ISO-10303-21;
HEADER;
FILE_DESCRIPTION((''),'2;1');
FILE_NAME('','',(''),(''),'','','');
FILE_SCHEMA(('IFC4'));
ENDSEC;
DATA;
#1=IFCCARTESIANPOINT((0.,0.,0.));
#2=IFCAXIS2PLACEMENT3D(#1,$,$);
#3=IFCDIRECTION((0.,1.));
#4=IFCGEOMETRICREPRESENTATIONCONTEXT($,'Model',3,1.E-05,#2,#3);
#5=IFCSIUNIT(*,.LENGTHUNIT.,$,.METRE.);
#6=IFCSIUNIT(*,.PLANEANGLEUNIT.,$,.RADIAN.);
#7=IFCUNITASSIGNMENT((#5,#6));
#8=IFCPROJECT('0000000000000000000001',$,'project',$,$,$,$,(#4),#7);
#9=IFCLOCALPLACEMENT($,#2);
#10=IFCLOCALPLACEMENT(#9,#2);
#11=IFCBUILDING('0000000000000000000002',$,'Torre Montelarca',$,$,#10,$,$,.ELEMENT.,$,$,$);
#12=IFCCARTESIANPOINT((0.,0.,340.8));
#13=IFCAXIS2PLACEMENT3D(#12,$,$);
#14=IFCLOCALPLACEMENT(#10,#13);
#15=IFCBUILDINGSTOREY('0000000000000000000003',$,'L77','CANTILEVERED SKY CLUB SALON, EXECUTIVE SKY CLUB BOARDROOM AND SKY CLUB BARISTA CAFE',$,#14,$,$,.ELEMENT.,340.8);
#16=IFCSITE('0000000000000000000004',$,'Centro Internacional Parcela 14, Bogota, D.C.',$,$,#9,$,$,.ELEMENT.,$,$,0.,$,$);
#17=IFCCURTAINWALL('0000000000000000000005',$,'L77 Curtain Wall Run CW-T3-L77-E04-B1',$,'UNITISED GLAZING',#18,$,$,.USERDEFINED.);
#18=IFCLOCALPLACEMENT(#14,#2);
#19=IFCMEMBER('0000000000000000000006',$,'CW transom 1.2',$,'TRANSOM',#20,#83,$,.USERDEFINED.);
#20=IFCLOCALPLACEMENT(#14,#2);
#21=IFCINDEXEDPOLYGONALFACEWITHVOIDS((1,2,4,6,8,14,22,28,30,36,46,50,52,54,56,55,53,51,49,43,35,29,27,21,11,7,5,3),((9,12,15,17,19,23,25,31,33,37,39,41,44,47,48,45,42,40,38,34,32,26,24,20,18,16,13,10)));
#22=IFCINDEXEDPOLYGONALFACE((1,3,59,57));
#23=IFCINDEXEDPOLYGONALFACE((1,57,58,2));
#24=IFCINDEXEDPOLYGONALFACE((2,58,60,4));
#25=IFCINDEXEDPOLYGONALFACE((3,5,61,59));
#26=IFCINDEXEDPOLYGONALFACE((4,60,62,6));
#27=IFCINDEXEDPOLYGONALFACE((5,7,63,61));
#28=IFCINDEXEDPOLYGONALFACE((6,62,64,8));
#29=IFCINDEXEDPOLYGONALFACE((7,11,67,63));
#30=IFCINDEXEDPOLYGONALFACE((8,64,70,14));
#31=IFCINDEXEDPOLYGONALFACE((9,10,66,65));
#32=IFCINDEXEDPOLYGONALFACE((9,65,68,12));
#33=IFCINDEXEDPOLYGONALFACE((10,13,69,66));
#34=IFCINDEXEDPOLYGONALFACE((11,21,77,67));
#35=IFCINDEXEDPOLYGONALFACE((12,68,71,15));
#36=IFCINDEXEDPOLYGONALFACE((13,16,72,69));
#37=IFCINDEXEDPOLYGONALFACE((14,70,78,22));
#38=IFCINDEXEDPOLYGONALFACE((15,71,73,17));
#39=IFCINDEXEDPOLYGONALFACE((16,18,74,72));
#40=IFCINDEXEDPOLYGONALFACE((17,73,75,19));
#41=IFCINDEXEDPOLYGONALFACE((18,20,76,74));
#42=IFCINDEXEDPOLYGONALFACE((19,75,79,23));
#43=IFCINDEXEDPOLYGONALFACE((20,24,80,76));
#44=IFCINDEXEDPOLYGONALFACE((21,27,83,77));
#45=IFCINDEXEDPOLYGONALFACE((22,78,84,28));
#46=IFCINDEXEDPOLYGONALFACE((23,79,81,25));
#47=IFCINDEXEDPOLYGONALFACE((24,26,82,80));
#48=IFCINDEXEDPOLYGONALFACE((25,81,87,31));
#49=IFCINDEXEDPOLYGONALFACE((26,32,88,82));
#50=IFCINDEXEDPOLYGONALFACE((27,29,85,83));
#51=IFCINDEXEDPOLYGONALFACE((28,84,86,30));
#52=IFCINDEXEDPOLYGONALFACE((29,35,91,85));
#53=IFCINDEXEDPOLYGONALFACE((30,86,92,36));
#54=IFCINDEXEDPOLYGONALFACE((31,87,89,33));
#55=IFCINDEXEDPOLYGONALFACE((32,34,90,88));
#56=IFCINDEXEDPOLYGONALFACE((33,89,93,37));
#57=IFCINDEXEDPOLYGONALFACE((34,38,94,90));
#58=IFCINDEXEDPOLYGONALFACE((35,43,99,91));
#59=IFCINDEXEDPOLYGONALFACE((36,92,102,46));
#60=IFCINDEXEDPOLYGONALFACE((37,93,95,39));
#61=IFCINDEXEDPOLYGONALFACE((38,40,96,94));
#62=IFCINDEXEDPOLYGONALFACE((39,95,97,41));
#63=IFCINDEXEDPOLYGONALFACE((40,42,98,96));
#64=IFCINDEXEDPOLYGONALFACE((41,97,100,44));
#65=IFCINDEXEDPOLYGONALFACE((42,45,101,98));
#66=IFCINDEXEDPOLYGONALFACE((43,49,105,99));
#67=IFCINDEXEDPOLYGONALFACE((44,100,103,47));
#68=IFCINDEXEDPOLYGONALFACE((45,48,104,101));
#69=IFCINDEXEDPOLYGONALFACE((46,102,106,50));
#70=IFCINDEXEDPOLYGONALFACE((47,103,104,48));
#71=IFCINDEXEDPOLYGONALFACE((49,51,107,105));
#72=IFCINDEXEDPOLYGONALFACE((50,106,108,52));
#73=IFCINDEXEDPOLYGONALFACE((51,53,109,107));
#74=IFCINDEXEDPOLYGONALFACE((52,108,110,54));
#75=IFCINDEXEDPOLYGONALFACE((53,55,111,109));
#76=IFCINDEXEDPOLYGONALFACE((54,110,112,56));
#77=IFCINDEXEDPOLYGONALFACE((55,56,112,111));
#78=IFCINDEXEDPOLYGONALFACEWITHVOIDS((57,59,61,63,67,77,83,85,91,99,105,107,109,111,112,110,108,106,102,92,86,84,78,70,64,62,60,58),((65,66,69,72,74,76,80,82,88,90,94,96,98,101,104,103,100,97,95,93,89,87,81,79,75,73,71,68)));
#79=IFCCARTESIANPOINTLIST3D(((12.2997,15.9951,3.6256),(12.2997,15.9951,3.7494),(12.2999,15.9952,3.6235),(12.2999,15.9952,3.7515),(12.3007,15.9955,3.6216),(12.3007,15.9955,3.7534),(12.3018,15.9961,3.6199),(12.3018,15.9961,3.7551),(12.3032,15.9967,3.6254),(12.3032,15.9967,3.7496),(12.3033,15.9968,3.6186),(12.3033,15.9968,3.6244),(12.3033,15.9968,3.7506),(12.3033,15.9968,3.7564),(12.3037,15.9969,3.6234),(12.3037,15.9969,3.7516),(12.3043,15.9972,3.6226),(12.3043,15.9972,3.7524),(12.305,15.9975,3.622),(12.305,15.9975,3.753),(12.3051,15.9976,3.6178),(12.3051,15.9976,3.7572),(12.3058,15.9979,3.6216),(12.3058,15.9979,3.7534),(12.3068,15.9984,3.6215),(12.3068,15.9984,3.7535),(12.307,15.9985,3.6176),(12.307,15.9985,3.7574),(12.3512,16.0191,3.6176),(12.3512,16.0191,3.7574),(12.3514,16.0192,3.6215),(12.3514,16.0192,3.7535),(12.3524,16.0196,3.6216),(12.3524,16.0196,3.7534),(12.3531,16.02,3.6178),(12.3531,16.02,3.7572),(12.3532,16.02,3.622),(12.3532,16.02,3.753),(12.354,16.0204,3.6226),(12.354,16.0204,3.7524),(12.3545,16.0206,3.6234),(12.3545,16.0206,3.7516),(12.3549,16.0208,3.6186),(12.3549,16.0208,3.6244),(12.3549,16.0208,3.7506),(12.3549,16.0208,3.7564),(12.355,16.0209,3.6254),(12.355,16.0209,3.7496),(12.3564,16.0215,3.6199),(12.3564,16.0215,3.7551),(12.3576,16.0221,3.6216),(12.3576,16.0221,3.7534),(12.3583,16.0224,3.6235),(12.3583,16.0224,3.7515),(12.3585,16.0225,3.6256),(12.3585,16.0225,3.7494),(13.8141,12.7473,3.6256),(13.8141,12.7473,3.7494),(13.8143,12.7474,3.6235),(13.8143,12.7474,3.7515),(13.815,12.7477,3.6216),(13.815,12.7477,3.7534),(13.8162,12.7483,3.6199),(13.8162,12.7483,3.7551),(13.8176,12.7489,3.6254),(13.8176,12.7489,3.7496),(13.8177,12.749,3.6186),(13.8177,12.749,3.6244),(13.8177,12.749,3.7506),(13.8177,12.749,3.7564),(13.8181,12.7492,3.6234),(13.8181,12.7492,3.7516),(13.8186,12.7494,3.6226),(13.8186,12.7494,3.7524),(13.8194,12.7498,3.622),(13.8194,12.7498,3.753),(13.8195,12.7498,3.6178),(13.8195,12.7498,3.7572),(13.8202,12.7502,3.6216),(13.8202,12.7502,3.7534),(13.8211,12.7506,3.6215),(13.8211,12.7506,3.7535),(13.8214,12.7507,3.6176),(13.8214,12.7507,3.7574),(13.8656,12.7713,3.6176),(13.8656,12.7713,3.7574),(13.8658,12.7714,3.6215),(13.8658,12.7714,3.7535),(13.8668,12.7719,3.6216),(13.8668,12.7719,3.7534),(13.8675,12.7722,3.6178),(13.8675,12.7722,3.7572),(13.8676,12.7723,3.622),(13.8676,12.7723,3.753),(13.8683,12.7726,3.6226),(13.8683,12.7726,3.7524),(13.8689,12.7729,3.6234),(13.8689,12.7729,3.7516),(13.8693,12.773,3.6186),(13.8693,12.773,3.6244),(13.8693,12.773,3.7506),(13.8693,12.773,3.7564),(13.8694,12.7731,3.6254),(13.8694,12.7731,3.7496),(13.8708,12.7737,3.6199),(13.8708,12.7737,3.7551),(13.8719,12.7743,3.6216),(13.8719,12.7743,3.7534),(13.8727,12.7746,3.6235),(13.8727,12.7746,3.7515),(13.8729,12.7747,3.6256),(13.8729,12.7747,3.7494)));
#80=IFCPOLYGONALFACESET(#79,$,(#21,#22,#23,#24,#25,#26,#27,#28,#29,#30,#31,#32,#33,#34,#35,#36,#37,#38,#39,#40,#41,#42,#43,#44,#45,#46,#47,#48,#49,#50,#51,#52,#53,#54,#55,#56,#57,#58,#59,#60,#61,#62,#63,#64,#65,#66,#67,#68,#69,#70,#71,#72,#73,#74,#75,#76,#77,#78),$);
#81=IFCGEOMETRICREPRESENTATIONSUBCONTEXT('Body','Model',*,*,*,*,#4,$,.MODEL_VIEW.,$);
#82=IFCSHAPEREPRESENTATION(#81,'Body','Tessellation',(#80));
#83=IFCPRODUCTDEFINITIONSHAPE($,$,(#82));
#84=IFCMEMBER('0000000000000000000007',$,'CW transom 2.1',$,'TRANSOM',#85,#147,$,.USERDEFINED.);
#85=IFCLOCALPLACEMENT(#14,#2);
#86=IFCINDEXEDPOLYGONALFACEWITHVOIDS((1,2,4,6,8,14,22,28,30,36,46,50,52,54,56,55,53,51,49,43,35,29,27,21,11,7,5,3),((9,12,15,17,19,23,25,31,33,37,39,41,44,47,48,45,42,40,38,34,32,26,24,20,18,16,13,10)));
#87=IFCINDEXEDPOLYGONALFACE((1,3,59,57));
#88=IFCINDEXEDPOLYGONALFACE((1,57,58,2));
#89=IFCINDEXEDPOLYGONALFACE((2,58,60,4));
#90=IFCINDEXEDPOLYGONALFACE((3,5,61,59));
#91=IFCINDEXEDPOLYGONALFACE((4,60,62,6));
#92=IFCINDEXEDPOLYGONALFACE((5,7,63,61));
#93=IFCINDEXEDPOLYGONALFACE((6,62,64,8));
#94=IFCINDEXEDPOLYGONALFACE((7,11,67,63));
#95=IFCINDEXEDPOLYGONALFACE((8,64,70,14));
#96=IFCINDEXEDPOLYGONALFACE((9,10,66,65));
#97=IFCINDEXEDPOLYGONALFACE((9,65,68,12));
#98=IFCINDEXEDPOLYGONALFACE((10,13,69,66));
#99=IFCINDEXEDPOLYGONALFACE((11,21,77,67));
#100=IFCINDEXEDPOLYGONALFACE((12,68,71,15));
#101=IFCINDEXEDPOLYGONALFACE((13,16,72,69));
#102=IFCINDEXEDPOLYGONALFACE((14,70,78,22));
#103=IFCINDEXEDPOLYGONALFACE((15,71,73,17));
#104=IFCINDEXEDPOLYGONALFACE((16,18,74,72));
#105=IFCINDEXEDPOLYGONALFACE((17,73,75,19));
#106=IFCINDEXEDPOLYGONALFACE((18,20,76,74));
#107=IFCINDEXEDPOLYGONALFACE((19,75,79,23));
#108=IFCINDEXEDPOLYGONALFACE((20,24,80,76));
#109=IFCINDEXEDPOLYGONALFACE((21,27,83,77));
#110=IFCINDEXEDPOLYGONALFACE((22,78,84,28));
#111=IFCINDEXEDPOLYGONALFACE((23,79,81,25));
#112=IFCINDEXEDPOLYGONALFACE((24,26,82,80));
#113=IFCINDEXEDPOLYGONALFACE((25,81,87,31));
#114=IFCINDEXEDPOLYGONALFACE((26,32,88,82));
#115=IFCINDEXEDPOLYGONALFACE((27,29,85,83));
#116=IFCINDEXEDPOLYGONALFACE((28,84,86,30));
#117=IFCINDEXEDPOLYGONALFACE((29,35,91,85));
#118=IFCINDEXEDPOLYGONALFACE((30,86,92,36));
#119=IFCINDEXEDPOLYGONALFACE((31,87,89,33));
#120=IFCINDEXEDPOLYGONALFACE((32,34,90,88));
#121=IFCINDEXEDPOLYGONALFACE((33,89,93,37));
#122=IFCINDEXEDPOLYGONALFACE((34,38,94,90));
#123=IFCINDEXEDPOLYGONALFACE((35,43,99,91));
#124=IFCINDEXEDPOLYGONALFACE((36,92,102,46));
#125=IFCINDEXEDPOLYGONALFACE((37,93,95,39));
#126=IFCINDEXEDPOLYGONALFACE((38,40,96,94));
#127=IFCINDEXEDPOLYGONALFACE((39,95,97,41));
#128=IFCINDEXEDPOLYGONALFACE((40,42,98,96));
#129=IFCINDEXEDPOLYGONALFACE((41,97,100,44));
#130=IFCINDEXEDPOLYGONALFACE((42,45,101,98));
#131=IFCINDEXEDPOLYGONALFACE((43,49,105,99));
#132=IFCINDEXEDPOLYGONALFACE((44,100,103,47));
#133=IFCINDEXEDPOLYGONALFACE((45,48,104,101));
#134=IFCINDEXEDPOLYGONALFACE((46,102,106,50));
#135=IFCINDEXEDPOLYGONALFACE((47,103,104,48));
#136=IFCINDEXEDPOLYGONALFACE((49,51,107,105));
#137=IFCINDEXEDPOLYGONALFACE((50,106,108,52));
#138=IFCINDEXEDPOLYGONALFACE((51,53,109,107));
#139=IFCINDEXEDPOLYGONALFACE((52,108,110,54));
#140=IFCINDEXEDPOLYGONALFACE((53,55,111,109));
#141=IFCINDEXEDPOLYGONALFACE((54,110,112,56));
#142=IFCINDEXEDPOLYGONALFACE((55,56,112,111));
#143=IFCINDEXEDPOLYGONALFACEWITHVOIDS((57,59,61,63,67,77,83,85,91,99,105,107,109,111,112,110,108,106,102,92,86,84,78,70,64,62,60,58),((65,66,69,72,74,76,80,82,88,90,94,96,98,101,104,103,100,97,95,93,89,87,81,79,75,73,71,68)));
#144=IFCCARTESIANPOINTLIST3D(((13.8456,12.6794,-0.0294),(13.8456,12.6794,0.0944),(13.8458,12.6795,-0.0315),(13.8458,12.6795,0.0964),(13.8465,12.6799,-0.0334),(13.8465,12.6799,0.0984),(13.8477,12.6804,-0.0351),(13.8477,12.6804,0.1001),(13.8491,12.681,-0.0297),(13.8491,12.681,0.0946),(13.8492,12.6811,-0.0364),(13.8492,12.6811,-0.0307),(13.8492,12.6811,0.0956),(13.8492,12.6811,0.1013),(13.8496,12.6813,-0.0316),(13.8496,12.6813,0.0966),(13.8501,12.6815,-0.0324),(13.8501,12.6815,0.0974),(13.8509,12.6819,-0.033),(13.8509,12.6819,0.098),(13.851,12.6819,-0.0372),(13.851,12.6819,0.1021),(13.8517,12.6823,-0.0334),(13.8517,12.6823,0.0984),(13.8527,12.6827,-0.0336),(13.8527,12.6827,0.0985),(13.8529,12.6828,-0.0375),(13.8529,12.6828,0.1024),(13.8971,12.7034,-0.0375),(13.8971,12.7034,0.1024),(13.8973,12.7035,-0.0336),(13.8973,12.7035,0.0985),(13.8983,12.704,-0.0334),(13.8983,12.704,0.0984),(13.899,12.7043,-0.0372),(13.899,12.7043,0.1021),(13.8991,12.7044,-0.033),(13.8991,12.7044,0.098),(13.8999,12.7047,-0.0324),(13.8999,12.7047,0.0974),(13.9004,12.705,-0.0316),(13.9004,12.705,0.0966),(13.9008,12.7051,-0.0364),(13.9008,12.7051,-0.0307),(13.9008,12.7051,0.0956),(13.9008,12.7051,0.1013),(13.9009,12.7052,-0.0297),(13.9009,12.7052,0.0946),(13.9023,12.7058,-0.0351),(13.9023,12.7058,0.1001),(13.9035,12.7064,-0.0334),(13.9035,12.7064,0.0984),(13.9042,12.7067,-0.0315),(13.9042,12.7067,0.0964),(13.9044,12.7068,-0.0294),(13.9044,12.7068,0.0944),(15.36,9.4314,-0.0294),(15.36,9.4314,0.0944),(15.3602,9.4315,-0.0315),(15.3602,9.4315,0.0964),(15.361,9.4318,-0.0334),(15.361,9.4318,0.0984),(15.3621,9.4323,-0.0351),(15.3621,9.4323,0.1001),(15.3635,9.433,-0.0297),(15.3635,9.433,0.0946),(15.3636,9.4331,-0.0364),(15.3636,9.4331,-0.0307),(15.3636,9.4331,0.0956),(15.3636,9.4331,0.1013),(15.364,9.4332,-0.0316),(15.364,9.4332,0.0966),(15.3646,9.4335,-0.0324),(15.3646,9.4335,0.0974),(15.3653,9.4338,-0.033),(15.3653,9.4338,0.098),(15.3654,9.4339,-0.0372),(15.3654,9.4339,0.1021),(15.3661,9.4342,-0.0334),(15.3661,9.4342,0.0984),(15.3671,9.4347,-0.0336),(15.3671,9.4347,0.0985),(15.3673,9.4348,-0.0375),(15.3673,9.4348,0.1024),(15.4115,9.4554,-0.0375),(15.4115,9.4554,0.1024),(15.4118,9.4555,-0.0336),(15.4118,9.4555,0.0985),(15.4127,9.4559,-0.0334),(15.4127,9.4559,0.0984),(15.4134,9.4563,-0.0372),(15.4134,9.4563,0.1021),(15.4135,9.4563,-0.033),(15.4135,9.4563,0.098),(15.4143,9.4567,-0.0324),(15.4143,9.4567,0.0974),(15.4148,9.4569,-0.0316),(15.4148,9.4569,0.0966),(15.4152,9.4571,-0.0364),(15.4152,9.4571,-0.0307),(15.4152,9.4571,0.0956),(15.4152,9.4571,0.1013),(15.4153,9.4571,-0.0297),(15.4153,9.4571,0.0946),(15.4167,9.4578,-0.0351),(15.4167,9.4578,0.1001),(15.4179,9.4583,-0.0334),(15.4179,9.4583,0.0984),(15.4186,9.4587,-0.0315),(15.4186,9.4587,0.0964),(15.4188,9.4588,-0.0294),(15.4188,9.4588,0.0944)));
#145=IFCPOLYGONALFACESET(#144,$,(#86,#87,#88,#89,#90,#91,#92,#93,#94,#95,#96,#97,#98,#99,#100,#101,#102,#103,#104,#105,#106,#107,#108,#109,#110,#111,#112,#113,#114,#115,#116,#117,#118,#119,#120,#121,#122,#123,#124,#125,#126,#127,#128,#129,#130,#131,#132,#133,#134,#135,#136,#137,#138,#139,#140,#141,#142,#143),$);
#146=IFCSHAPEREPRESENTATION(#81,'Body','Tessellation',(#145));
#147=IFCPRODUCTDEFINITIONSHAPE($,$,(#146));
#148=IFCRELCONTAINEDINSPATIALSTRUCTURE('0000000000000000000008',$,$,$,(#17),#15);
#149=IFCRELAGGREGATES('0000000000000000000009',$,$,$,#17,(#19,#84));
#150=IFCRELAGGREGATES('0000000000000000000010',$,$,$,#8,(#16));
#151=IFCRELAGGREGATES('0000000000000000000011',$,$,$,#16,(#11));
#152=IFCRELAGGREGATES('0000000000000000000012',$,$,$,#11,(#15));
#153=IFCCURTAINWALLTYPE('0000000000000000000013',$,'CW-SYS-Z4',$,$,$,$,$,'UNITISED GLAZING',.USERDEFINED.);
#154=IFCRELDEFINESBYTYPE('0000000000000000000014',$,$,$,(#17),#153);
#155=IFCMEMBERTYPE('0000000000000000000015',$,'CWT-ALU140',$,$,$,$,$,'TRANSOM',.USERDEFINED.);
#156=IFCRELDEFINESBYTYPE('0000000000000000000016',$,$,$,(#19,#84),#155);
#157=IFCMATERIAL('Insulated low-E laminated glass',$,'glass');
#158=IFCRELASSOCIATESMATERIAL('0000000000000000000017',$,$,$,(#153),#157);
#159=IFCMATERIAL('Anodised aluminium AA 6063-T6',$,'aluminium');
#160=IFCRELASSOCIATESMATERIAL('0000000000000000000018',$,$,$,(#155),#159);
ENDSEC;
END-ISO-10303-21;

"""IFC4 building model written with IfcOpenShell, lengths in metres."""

from ifc_helpers import new_model, si_unit, direction, frame, origin, origin_2d, place, context, subcontext, project, spatial, hollow_rectangle, extrude, source, transform, mapped, material, material_profile, profile_set, type_object, element, aggregate, save


model = new_model("IFC4")

# Units and contexts
model_context = context("Model", 3, precision=1e-05, world=origin(), true_north=direction((0.0, 1.0)))
body_context = subcontext(model_context, "Body", "Model", "MODEL_VIEW")
ifc_project = project(units=[si_unit("LENGTHUNIT", "METRE"), si_unit("PLANEANGLEUNIT", "RADIAN")], contexts=[model_context])

# Site, building, storey
site_placement = place(None, origin())
site = spatial("IfcSite", under=ifc_project, at=site_placement, Name="Centro Internacional Parcela 14, Bogota, D.C.", CompositionType="ELEMENT", RefElevation=0.0)
building_placement = place(site_placement, origin())
building = spatial("IfcBuilding", under=site, at=building_placement, Name="Torre Montelarca", CompositionType="ELEMENT")
storey_placement = place(building_placement, frame((0.0, 0.0, 340.8)))
storey = spatial("IfcBuildingStorey", under=building, at=storey_placement, Name="L77", Description="CANTILEVERED SKY CLUB SALON, EXECUTIVE SKY CLUB BOARDROOM AND SKY CLUB BARISTA CAFE", CompositionType="ELEMENT", Elevation=340.8)

# Shared definitions
ifc_material_1 = material(Name="Insulated low-E laminated glass", Category="glass")
curtain_wall_type = type_object("IfcCurtainWallType", Name="CW-SYS-Z4", ElementType="UNITISED GLAZING", PredefinedType="USERDEFINED", material=ifc_material_1)
ifc_material_2 = material(Name="Anodised aluminium AA 6063-T6", Category="aluminium")

# Curtain wall
curtain_wall_1_placement = place(storey_placement, origin())
curtain_wall_1 = element("IfcCurtainWall", 1, at=curtain_wall_1_placement, inside=storey, type_object=curtain_wall_type, Name="L77 Curtain Wall Run CW-T3-L77-E04-B1", ObjectType="UNITISED GLAZING", PredefinedType="USERDEFINED")
ifc_material_profile_1 = material_profile(ifc_material_2, hollow_rectangle(XDim=0.0649, YDim=0.1399, WallThickness=0.0039, InnerFilletRadius=0.0039, OuterFilletRadius=0.0081, at=origin_2d()), Name="ALU65X140X4", Category="aluminium")
ifc_profile_set_1 = profile_set([ifc_material_profile_1], Name="Anodised aluminium AA 6063-T6")
member_type_1 = type_object("IfcMemberType", Name="CWT-ALU140", ElementType="TRANSOM", PredefinedType="USERDEFINED", material=ifc_profile_set_1)

# Members
shared_shape_1 = source(origin(), body_context, "Body", "SweptSolid", [
    extrude(hollow_rectangle(XDim=0.0649, YDim=0.1399, WallThickness=0.0039, InnerFilletRadius=0.0039, OuterFilletRadius=0.0081, at=origin_2d()), origin(), (0.0, 0.0, 1.0), 3.5835),
])
member_1_placement = place(storey_placement, frame((12.3291, 16.0088, 3.6875), z_axis=(0.422602, -0.906315, 0.0), x_axis=(0.906315, 0.422602, 0.0)))
member_1 = element("IfcMember", 2, at=member_1_placement, type_object=member_type_1, Name="CW transom 1.2", ObjectType="TRANSOM", PredefinedType="USERDEFINED", context=body_context, shape_type="MappedRepresentation", body=[
    mapped(shared_shape_1, transform((0.0, 0.0, 0.0), scale=1.0)),
])
shared_shape_2 = source(origin(), body_context, "Body", "SweptSolid", [
    extrude(hollow_rectangle(XDim=0.0649, YDim=0.1399, WallThickness=0.0039, InnerFilletRadius=0.0039, OuterFilletRadius=0.0081, at=origin_2d()), origin(), (0.0, 0.0, 1.0), 3.5837),
])
member_2_placement = place(storey_placement, frame((13.875, 12.6931, 0.0325), z_axis=(0.422576, -0.906328, 0.0), x_axis=(0.906328, 0.422576, 0.0)))
member_2 = element("IfcMember", 3, at=member_2_placement, type_object=member_type_1, Name="CW transom 2.1", ObjectType="TRANSOM", PredefinedType="USERDEFINED", context=body_context, shape_type="MappedRepresentation", body=[
    mapped(shared_shape_2, transform((0.0, 0.0, 0.0), scale=1.0)),
])

aggregate(curtain_wall_1, [member_1, member_2])

save(model, "model.ifc")
